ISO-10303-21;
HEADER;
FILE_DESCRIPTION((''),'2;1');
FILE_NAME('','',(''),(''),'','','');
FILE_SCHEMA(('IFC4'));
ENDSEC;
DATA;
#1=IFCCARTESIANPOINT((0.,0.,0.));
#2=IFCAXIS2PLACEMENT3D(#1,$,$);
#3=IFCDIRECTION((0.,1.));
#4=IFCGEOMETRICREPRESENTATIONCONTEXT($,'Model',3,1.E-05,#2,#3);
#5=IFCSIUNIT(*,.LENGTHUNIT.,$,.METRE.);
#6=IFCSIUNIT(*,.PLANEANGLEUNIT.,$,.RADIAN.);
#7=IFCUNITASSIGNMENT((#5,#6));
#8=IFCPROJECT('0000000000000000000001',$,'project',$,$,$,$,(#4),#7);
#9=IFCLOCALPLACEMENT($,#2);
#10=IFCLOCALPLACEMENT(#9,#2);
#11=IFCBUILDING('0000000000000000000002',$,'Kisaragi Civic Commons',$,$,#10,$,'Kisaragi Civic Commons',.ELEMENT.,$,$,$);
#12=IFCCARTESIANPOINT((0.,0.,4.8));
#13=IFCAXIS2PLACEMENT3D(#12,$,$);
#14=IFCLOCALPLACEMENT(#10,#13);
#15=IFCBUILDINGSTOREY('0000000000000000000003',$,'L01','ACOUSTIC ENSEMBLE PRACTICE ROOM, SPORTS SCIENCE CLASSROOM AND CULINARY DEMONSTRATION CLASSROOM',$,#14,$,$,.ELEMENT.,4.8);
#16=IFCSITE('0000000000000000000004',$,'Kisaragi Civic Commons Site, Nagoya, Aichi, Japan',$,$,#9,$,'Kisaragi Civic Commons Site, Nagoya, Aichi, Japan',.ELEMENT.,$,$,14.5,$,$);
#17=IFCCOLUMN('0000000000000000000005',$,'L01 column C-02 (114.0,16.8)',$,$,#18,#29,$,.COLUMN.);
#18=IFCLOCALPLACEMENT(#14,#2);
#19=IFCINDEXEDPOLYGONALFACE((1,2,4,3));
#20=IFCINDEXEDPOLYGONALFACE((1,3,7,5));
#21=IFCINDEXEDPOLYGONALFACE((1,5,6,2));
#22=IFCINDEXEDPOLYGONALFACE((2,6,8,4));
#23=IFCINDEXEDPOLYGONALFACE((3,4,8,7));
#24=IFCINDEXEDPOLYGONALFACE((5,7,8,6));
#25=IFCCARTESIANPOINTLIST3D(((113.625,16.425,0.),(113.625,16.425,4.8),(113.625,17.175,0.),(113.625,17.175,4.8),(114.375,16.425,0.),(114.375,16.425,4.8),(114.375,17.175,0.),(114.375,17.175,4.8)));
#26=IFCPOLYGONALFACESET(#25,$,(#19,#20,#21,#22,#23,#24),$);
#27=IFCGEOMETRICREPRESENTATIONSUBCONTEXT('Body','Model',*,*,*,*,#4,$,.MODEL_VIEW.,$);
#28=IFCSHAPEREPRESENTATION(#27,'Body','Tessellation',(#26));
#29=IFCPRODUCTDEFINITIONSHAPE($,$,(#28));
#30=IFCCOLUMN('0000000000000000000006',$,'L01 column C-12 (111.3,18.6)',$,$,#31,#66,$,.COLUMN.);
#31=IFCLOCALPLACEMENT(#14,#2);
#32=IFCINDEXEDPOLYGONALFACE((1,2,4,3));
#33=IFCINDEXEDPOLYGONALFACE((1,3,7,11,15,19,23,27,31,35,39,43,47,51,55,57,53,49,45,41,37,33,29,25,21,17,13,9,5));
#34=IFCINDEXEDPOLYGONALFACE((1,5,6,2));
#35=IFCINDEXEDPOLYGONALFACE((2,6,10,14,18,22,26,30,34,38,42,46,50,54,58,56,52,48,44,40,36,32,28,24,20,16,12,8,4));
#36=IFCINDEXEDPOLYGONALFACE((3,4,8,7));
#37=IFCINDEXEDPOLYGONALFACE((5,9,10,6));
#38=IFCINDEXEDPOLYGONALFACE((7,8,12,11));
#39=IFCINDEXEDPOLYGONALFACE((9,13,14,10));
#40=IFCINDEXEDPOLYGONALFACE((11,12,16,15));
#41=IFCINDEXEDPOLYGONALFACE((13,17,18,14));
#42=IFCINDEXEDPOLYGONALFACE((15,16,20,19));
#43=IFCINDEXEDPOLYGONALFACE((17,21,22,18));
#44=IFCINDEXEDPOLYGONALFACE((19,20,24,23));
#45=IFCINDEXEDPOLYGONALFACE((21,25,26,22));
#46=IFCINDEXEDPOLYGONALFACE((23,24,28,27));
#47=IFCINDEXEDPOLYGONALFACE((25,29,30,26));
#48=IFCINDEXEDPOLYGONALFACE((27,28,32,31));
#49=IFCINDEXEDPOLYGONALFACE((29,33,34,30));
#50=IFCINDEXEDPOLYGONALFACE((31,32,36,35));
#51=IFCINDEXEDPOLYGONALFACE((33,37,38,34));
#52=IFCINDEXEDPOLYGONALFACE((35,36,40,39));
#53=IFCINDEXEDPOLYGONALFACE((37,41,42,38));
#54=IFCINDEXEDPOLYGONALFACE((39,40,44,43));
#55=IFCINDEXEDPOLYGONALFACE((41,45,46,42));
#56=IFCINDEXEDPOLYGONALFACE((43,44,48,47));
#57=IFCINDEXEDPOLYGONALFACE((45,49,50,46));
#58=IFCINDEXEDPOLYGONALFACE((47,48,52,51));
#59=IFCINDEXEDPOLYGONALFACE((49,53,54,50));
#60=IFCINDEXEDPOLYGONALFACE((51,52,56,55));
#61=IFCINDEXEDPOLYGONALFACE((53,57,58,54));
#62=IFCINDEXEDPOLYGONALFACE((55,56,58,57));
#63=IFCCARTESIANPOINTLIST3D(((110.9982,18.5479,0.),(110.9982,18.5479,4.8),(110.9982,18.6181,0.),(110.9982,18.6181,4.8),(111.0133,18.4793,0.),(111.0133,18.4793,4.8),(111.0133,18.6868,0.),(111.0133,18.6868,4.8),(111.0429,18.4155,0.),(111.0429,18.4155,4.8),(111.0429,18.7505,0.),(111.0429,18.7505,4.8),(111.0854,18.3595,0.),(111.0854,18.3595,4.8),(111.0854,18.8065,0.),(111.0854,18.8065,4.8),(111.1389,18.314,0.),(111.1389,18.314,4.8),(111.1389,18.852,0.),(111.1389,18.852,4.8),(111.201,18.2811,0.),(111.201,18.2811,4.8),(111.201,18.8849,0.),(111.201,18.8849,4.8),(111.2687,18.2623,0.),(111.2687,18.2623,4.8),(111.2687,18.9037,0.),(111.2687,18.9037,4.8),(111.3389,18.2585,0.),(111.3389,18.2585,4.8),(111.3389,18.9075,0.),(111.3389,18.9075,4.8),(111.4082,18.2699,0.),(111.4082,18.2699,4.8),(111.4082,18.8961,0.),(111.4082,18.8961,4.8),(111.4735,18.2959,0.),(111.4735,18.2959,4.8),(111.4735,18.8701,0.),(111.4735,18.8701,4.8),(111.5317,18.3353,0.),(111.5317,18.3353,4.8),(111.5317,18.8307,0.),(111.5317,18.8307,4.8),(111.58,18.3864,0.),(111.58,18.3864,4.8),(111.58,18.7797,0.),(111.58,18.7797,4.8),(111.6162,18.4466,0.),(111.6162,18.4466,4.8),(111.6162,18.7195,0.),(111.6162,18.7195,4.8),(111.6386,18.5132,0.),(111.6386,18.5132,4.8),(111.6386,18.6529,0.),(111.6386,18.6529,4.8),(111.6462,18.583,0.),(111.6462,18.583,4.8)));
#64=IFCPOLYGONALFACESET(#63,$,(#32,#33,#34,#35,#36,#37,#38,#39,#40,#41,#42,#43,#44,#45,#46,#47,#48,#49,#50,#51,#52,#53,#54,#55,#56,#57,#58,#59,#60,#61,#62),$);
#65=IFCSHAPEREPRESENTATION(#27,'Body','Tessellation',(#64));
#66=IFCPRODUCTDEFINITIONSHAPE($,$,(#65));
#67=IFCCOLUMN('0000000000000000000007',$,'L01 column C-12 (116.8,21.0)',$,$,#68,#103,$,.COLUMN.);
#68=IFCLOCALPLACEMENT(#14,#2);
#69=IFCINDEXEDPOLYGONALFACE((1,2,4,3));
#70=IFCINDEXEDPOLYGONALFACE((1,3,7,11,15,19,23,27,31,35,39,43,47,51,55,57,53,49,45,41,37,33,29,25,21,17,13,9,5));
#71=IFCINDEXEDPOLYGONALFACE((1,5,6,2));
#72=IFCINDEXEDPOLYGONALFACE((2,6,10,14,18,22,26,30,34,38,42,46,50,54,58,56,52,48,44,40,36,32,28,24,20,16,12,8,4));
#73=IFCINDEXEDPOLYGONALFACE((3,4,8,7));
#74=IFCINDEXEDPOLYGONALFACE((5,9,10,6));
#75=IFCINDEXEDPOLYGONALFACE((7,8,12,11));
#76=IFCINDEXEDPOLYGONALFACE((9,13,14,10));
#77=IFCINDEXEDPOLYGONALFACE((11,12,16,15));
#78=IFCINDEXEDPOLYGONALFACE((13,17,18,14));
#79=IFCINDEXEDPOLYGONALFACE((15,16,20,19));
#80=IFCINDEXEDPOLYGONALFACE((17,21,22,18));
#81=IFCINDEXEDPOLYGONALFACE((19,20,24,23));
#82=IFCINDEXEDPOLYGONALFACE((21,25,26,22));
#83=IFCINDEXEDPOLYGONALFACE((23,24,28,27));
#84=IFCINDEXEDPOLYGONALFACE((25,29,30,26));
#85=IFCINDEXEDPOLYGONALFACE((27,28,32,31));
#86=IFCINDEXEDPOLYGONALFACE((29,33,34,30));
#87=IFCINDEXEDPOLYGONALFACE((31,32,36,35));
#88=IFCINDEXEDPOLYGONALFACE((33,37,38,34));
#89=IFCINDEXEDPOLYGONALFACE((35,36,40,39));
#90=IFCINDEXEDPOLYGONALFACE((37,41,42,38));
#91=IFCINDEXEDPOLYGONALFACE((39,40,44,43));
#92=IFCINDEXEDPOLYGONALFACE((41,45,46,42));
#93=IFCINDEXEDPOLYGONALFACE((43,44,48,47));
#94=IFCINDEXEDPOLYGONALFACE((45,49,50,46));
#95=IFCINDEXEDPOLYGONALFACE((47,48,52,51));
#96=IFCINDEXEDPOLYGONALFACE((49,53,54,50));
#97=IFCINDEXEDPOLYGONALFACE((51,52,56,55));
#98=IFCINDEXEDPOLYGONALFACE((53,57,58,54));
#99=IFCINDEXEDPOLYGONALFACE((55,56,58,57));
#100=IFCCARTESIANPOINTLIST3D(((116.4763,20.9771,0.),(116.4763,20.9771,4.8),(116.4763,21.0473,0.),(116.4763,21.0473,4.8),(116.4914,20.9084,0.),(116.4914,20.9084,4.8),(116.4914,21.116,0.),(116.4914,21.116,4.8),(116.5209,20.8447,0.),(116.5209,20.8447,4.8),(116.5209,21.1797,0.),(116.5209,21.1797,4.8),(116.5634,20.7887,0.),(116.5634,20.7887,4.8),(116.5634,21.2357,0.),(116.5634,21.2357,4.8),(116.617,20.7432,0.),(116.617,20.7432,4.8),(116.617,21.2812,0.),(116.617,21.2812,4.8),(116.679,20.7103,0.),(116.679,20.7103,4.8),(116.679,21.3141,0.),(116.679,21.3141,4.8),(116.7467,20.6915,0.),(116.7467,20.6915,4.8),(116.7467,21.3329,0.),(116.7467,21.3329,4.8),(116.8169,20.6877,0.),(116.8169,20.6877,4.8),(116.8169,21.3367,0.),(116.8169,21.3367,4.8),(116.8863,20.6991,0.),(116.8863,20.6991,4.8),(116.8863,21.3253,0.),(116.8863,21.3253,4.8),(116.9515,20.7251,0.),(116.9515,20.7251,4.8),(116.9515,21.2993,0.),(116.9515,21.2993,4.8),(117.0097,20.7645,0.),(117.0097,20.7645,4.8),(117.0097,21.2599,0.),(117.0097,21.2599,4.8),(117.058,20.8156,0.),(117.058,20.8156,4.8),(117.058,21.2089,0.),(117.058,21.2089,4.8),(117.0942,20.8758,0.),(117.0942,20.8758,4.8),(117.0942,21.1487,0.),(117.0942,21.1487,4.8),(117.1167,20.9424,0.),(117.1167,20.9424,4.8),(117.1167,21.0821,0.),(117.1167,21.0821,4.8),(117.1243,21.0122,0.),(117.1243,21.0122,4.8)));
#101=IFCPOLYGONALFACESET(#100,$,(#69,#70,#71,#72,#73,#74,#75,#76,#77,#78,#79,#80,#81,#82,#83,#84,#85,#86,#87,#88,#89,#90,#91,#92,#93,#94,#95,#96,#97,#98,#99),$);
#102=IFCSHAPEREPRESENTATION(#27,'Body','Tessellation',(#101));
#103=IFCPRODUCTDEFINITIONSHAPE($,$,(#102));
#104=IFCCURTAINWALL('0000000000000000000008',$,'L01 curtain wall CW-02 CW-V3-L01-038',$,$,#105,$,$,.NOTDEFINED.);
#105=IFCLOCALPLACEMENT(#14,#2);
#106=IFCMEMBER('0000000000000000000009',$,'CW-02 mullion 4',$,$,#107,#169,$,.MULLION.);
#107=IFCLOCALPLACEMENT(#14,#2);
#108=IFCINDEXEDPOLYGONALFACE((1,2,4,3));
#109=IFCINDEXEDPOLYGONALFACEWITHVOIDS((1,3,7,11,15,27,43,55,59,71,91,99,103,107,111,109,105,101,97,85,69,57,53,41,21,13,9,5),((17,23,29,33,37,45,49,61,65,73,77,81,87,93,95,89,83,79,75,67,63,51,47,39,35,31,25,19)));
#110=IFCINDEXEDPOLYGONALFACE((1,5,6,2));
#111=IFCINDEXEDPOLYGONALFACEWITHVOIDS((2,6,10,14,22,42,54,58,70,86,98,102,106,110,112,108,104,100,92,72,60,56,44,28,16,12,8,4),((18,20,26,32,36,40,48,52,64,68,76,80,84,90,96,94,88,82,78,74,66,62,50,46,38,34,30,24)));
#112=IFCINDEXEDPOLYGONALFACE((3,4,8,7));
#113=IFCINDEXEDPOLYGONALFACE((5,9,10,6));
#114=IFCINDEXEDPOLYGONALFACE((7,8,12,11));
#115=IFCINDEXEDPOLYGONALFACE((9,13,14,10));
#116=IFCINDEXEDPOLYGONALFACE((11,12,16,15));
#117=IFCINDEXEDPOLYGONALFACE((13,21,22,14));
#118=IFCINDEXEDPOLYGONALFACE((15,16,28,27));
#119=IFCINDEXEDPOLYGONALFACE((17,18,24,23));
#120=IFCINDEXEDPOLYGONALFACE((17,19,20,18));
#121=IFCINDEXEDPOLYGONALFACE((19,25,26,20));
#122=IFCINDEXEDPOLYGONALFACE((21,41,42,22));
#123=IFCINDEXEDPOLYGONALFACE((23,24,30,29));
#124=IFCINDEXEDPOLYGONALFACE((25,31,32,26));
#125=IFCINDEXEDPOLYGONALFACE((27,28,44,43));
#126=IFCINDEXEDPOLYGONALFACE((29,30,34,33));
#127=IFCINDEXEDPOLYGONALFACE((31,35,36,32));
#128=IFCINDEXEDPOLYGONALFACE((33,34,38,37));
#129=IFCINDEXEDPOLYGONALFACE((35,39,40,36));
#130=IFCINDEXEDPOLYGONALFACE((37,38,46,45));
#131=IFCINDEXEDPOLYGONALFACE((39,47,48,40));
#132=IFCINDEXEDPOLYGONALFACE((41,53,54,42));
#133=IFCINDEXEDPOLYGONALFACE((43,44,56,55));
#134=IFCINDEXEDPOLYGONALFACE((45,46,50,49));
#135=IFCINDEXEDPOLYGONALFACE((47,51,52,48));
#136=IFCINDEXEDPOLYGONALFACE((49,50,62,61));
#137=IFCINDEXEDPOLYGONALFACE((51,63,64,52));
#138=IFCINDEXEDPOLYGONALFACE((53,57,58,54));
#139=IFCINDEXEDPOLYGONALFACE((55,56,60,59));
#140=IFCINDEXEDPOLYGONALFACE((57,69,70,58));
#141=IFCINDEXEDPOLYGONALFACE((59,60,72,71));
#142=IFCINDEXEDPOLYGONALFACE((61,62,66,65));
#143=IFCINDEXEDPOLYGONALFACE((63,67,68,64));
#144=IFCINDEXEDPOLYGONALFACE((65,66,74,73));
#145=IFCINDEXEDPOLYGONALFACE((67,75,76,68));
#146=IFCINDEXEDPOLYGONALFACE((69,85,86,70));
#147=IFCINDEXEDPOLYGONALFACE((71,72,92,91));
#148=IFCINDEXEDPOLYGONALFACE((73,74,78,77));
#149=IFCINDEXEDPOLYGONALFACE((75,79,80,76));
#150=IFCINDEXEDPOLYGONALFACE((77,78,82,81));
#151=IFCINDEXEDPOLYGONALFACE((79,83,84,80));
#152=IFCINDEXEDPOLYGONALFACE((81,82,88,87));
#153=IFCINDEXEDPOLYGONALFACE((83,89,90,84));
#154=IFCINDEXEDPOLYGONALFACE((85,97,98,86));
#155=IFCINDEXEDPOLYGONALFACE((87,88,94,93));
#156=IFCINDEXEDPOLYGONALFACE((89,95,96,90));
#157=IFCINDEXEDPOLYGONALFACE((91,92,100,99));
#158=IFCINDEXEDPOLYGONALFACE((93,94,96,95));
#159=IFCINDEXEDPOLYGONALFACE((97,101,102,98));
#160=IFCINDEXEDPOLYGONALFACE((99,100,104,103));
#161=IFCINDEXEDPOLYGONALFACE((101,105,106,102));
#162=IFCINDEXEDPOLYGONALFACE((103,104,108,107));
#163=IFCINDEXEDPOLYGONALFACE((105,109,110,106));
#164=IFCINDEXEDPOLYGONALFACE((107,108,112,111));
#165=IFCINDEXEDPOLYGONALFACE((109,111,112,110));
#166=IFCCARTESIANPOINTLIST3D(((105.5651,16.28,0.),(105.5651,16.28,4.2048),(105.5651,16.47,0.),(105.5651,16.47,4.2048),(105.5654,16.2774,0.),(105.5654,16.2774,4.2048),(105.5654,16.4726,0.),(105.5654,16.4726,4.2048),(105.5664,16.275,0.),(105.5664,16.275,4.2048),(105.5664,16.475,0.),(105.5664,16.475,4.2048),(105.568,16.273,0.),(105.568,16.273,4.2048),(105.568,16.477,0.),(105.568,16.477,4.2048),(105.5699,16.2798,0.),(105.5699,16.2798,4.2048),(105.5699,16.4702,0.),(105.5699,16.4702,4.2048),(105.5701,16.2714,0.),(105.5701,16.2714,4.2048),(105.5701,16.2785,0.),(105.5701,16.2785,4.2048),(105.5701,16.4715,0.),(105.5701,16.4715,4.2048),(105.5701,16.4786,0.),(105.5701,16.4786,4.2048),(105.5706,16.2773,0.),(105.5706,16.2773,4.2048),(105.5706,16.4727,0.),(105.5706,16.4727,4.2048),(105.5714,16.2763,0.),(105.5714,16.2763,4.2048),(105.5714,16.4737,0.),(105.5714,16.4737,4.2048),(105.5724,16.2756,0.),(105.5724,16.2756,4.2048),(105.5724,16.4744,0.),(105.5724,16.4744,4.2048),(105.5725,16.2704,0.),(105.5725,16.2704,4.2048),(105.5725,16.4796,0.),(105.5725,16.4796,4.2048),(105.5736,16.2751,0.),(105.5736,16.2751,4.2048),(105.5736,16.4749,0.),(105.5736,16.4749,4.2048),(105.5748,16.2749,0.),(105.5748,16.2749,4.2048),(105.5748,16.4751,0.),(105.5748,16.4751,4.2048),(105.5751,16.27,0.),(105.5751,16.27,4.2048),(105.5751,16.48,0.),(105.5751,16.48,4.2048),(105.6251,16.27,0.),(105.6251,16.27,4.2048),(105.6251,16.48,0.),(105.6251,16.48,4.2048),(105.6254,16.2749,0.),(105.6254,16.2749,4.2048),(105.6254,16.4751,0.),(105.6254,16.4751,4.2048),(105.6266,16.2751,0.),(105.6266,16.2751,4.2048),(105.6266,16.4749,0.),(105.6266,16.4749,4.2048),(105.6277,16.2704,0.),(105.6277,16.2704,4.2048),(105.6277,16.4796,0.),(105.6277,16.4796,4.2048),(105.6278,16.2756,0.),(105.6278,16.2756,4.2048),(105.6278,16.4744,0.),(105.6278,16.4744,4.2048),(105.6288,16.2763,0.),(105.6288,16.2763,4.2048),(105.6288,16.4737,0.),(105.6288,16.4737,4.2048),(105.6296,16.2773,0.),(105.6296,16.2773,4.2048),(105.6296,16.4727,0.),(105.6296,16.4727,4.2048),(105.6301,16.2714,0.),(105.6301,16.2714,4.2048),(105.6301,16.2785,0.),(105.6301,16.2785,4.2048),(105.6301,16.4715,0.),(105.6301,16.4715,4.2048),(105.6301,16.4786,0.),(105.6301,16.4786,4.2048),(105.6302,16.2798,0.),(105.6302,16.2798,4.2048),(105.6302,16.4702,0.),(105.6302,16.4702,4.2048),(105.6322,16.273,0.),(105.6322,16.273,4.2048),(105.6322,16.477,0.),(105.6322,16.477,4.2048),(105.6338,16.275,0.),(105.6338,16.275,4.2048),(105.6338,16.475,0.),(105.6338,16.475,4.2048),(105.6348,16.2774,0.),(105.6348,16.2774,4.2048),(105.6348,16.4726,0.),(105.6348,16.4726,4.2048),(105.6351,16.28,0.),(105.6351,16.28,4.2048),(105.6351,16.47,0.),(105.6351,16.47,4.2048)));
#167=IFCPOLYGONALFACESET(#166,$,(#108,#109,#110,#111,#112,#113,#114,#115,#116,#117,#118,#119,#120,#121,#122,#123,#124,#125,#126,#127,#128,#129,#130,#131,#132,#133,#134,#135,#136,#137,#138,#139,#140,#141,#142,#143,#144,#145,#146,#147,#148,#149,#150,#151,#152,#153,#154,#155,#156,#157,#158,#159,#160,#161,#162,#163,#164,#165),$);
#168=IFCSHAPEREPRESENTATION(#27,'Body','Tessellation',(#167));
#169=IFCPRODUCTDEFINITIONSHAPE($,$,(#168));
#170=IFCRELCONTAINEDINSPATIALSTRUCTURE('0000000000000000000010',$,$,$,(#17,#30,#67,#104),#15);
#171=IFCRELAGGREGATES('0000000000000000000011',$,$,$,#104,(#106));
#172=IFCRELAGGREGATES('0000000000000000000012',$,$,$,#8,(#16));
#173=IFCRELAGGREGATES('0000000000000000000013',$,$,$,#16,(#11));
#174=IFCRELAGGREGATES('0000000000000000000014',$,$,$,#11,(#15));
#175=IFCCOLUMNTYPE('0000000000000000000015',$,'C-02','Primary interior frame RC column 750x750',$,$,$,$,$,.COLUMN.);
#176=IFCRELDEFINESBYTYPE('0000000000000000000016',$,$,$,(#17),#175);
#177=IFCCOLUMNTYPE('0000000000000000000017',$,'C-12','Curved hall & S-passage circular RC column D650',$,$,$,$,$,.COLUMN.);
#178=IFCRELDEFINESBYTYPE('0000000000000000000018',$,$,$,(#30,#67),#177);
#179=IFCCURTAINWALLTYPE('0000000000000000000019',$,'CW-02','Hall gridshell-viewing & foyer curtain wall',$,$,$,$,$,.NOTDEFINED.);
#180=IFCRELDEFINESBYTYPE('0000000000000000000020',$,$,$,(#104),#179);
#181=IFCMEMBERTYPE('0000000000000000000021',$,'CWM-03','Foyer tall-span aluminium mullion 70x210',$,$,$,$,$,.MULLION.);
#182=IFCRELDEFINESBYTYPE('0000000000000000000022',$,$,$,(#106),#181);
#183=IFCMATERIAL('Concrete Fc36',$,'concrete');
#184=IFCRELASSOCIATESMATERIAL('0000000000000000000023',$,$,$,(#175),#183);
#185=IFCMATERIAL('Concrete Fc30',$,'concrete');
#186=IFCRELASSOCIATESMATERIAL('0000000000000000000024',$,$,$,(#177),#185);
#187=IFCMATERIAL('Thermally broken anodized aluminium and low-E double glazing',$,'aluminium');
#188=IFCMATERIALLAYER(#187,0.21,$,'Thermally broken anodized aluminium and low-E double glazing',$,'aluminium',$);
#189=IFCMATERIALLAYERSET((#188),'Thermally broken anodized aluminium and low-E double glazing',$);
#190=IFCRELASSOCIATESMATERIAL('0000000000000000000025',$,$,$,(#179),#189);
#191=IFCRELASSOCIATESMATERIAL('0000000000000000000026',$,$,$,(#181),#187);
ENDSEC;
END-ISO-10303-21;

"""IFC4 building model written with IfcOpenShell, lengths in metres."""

from ifc_helpers import new_model, si_unit, direction, frame, origin, origin_2d, place, context, subcontext, project, spatial, rectangle, hollow_rectangle, circle, extrude, material, layer, layer_set, material_profile, profile_set, type_object, element, aggregate, save


model = new_model("IFC4")

# Units and contexts
model_context = context("Model", 3, precision=1e-05, world=origin(), true_north=direction((0.0, 1.0)))
body_context = subcontext(model_context, "Body", "Model", "MODEL_VIEW")
ifc_project = project(units=[si_unit("LENGTHUNIT", "METRE"), si_unit("PLANEANGLEUNIT", "RADIAN")], contexts=[model_context])

# Site, building, storey
site_placement = place(None, origin())
site = spatial("IfcSite", under=ifc_project, at=site_placement, Name="Kisaragi Civic Commons Site, Nagoya, Aichi, Japan", LongName="Kisaragi Civic Commons Site, Nagoya, Aichi, Japan", CompositionType="ELEMENT", RefElevation=14.5)
building_placement = place(site_placement, origin())
building = spatial("IfcBuilding", under=site, at=building_placement, Name="Kisaragi Civic Commons", LongName="Kisaragi Civic Commons", CompositionType="ELEMENT")
storey_placement = place(building_placement, frame((0.0, 0.0, 4.8)))
storey = spatial("IfcBuildingStorey", under=building, at=storey_placement, Name="L01", Description="ACOUSTIC ENSEMBLE PRACTICE ROOM, SPORTS SCIENCE CLASSROOM AND CULINARY DEMONSTRATION CLASSROOM", CompositionType="ELEMENT", Elevation=4.8)

# Columns
ifc_material_1 = material(Name="Concrete Fc36", Category="concrete")
ifc_material_profile_1 = material_profile(ifc_material_1, rectangle(XDim=0.75, YDim=0.75, at=origin_2d()), Name="RC-750x750", Category="concrete")
ifc_profile_set_1 = profile_set([ifc_material_profile_1], Name="Concrete Fc36")
column_type_1 = type_object("IfcColumnType", Name="C-02", Description="Primary interior frame RC column 750x750", PredefinedType="COLUMN", material=ifc_profile_set_1)
column_placement = place(storey_placement, frame((114.0, 16.8, 0.0), z_axis=(0.0, 0.0, 1.0), x_axis=(1.0, 0.0, 0.0)))
element("IfcColumn", 1, at=column_placement, inside=storey, type_object=column_type_1, Name="L01 column C-02 (114.0,16.8)", PredefinedType="COLUMN", context=body_context, shape_type="SweptSolid", body=[
    extrude(rectangle(XDim=0.75, YDim=0.75, at=origin_2d()), origin(), (0.0, 0.0, 1.0), 4.8),
])
ifc_material_2 = material(Name="Concrete Fc30", Category="concrete")
ifc_material_profile_2 = material_profile(ifc_material_2, circle(Radius=0.325, at=origin_2d()), Name="RC-D650", Category="concrete")
ifc_profile_set_2 = profile_set([ifc_material_profile_2], Name="Concrete Fc30")
column_type_2 = type_object("IfcColumnType", Name="C-12", Description="Curved hall & S-passage circular RC column D650", PredefinedType="COLUMN", material=ifc_profile_set_2)
for number, where, z_axis, x_axis, name in (
    (2, (111.3213, 18.583, 0.0), (0.0, 0.0, 1.0), (1.0, 0.0, 0.0), "L01 column C-12 (111.3,18.6)"),
    (3, (116.7993, 21.0122, 0.0), (0.0, 0.0, 1.0), (1.0, 0.0, 0.0), "L01 column C-12 (116.8,21.0)"),
):
    element("IfcColumn", number, at=place(storey_placement, frame(where, z_axis=z_axis, x_axis=x_axis)), inside=storey, type_object=column_type_2, Name=name, PredefinedType="COLUMN", context=body_context, shape_type="SweptSolid", body=[
        extrude(circle(Radius=0.325, at=origin_2d()), origin(), (0.0, 0.0, 1.0), 4.8),
    ])

# Curtain wall, member
ifc_material_3 = material(Name="Thermally broken anodized aluminium and low-E double glazing", Category="aluminium")
ifc_layer_1 = layer(ifc_material_3, 0.21, Name="Thermally broken anodized aluminium and low-E double glazing", Category="aluminium")
ifc_layer_set_1 = layer_set([ifc_layer_1], Name="Thermally broken anodized aluminium and low-E double glazing")
curtain_wall_type = type_object("IfcCurtainWallType", Name="CW-02", Description="Hall gridshell-viewing & foyer curtain wall", PredefinedType="NOTDEFINED", material=ifc_layer_set_1)
curtain_wall_placement = place(storey_placement, origin())
curtain_wall = element("IfcCurtainWall", 4, at=curtain_wall_placement, inside=storey, type_object=curtain_wall_type, Name="L01 curtain wall CW-02 CW-V3-L01-038", PredefinedType="NOTDEFINED")
ifc_material_profile_3 = material_profile(ifc_material_3, hollow_rectangle(XDim=0.0701, YDim=0.21, WallThickness=0.0049, InnerFilletRadius=0.0049, OuterFilletRadius=0.01, at=origin_2d()), Name="CWM-70x210x5", Category="aluminium")
ifc_profile_set_3 = profile_set([ifc_material_profile_3], Name="Thermally broken anodized aluminium and low-E double glazing")
member_type_1 = type_object("IfcMemberType", Name="CWM-03", Description="Foyer tall-span aluminium mullion 70x210", PredefinedType="MULLION", material=ifc_profile_set_3)
member_1_placement = place(storey_placement, frame((105.6001, 16.375, 0.0), z_axis=(0.0, 0.0, 1.0), x_axis=(-1.0, 0.0, 0.0)))
member_1 = element("IfcMember", 5, at=member_1_placement, type_object=member_type_1, Name="CW-02 mullion 4", PredefinedType="MULLION", context=body_context, shape_type="SweptSolid", body=[
    extrude(hollow_rectangle(XDim=0.0701, YDim=0.21, WallThickness=0.0049, InnerFilletRadius=0.0049, OuterFilletRadius=0.01, at=origin_2d()), origin(), (0.0, 0.0, 1.0), 4.2048),
])

aggregate(curtain_wall, [member_1])

save(model, "model.ifc")
